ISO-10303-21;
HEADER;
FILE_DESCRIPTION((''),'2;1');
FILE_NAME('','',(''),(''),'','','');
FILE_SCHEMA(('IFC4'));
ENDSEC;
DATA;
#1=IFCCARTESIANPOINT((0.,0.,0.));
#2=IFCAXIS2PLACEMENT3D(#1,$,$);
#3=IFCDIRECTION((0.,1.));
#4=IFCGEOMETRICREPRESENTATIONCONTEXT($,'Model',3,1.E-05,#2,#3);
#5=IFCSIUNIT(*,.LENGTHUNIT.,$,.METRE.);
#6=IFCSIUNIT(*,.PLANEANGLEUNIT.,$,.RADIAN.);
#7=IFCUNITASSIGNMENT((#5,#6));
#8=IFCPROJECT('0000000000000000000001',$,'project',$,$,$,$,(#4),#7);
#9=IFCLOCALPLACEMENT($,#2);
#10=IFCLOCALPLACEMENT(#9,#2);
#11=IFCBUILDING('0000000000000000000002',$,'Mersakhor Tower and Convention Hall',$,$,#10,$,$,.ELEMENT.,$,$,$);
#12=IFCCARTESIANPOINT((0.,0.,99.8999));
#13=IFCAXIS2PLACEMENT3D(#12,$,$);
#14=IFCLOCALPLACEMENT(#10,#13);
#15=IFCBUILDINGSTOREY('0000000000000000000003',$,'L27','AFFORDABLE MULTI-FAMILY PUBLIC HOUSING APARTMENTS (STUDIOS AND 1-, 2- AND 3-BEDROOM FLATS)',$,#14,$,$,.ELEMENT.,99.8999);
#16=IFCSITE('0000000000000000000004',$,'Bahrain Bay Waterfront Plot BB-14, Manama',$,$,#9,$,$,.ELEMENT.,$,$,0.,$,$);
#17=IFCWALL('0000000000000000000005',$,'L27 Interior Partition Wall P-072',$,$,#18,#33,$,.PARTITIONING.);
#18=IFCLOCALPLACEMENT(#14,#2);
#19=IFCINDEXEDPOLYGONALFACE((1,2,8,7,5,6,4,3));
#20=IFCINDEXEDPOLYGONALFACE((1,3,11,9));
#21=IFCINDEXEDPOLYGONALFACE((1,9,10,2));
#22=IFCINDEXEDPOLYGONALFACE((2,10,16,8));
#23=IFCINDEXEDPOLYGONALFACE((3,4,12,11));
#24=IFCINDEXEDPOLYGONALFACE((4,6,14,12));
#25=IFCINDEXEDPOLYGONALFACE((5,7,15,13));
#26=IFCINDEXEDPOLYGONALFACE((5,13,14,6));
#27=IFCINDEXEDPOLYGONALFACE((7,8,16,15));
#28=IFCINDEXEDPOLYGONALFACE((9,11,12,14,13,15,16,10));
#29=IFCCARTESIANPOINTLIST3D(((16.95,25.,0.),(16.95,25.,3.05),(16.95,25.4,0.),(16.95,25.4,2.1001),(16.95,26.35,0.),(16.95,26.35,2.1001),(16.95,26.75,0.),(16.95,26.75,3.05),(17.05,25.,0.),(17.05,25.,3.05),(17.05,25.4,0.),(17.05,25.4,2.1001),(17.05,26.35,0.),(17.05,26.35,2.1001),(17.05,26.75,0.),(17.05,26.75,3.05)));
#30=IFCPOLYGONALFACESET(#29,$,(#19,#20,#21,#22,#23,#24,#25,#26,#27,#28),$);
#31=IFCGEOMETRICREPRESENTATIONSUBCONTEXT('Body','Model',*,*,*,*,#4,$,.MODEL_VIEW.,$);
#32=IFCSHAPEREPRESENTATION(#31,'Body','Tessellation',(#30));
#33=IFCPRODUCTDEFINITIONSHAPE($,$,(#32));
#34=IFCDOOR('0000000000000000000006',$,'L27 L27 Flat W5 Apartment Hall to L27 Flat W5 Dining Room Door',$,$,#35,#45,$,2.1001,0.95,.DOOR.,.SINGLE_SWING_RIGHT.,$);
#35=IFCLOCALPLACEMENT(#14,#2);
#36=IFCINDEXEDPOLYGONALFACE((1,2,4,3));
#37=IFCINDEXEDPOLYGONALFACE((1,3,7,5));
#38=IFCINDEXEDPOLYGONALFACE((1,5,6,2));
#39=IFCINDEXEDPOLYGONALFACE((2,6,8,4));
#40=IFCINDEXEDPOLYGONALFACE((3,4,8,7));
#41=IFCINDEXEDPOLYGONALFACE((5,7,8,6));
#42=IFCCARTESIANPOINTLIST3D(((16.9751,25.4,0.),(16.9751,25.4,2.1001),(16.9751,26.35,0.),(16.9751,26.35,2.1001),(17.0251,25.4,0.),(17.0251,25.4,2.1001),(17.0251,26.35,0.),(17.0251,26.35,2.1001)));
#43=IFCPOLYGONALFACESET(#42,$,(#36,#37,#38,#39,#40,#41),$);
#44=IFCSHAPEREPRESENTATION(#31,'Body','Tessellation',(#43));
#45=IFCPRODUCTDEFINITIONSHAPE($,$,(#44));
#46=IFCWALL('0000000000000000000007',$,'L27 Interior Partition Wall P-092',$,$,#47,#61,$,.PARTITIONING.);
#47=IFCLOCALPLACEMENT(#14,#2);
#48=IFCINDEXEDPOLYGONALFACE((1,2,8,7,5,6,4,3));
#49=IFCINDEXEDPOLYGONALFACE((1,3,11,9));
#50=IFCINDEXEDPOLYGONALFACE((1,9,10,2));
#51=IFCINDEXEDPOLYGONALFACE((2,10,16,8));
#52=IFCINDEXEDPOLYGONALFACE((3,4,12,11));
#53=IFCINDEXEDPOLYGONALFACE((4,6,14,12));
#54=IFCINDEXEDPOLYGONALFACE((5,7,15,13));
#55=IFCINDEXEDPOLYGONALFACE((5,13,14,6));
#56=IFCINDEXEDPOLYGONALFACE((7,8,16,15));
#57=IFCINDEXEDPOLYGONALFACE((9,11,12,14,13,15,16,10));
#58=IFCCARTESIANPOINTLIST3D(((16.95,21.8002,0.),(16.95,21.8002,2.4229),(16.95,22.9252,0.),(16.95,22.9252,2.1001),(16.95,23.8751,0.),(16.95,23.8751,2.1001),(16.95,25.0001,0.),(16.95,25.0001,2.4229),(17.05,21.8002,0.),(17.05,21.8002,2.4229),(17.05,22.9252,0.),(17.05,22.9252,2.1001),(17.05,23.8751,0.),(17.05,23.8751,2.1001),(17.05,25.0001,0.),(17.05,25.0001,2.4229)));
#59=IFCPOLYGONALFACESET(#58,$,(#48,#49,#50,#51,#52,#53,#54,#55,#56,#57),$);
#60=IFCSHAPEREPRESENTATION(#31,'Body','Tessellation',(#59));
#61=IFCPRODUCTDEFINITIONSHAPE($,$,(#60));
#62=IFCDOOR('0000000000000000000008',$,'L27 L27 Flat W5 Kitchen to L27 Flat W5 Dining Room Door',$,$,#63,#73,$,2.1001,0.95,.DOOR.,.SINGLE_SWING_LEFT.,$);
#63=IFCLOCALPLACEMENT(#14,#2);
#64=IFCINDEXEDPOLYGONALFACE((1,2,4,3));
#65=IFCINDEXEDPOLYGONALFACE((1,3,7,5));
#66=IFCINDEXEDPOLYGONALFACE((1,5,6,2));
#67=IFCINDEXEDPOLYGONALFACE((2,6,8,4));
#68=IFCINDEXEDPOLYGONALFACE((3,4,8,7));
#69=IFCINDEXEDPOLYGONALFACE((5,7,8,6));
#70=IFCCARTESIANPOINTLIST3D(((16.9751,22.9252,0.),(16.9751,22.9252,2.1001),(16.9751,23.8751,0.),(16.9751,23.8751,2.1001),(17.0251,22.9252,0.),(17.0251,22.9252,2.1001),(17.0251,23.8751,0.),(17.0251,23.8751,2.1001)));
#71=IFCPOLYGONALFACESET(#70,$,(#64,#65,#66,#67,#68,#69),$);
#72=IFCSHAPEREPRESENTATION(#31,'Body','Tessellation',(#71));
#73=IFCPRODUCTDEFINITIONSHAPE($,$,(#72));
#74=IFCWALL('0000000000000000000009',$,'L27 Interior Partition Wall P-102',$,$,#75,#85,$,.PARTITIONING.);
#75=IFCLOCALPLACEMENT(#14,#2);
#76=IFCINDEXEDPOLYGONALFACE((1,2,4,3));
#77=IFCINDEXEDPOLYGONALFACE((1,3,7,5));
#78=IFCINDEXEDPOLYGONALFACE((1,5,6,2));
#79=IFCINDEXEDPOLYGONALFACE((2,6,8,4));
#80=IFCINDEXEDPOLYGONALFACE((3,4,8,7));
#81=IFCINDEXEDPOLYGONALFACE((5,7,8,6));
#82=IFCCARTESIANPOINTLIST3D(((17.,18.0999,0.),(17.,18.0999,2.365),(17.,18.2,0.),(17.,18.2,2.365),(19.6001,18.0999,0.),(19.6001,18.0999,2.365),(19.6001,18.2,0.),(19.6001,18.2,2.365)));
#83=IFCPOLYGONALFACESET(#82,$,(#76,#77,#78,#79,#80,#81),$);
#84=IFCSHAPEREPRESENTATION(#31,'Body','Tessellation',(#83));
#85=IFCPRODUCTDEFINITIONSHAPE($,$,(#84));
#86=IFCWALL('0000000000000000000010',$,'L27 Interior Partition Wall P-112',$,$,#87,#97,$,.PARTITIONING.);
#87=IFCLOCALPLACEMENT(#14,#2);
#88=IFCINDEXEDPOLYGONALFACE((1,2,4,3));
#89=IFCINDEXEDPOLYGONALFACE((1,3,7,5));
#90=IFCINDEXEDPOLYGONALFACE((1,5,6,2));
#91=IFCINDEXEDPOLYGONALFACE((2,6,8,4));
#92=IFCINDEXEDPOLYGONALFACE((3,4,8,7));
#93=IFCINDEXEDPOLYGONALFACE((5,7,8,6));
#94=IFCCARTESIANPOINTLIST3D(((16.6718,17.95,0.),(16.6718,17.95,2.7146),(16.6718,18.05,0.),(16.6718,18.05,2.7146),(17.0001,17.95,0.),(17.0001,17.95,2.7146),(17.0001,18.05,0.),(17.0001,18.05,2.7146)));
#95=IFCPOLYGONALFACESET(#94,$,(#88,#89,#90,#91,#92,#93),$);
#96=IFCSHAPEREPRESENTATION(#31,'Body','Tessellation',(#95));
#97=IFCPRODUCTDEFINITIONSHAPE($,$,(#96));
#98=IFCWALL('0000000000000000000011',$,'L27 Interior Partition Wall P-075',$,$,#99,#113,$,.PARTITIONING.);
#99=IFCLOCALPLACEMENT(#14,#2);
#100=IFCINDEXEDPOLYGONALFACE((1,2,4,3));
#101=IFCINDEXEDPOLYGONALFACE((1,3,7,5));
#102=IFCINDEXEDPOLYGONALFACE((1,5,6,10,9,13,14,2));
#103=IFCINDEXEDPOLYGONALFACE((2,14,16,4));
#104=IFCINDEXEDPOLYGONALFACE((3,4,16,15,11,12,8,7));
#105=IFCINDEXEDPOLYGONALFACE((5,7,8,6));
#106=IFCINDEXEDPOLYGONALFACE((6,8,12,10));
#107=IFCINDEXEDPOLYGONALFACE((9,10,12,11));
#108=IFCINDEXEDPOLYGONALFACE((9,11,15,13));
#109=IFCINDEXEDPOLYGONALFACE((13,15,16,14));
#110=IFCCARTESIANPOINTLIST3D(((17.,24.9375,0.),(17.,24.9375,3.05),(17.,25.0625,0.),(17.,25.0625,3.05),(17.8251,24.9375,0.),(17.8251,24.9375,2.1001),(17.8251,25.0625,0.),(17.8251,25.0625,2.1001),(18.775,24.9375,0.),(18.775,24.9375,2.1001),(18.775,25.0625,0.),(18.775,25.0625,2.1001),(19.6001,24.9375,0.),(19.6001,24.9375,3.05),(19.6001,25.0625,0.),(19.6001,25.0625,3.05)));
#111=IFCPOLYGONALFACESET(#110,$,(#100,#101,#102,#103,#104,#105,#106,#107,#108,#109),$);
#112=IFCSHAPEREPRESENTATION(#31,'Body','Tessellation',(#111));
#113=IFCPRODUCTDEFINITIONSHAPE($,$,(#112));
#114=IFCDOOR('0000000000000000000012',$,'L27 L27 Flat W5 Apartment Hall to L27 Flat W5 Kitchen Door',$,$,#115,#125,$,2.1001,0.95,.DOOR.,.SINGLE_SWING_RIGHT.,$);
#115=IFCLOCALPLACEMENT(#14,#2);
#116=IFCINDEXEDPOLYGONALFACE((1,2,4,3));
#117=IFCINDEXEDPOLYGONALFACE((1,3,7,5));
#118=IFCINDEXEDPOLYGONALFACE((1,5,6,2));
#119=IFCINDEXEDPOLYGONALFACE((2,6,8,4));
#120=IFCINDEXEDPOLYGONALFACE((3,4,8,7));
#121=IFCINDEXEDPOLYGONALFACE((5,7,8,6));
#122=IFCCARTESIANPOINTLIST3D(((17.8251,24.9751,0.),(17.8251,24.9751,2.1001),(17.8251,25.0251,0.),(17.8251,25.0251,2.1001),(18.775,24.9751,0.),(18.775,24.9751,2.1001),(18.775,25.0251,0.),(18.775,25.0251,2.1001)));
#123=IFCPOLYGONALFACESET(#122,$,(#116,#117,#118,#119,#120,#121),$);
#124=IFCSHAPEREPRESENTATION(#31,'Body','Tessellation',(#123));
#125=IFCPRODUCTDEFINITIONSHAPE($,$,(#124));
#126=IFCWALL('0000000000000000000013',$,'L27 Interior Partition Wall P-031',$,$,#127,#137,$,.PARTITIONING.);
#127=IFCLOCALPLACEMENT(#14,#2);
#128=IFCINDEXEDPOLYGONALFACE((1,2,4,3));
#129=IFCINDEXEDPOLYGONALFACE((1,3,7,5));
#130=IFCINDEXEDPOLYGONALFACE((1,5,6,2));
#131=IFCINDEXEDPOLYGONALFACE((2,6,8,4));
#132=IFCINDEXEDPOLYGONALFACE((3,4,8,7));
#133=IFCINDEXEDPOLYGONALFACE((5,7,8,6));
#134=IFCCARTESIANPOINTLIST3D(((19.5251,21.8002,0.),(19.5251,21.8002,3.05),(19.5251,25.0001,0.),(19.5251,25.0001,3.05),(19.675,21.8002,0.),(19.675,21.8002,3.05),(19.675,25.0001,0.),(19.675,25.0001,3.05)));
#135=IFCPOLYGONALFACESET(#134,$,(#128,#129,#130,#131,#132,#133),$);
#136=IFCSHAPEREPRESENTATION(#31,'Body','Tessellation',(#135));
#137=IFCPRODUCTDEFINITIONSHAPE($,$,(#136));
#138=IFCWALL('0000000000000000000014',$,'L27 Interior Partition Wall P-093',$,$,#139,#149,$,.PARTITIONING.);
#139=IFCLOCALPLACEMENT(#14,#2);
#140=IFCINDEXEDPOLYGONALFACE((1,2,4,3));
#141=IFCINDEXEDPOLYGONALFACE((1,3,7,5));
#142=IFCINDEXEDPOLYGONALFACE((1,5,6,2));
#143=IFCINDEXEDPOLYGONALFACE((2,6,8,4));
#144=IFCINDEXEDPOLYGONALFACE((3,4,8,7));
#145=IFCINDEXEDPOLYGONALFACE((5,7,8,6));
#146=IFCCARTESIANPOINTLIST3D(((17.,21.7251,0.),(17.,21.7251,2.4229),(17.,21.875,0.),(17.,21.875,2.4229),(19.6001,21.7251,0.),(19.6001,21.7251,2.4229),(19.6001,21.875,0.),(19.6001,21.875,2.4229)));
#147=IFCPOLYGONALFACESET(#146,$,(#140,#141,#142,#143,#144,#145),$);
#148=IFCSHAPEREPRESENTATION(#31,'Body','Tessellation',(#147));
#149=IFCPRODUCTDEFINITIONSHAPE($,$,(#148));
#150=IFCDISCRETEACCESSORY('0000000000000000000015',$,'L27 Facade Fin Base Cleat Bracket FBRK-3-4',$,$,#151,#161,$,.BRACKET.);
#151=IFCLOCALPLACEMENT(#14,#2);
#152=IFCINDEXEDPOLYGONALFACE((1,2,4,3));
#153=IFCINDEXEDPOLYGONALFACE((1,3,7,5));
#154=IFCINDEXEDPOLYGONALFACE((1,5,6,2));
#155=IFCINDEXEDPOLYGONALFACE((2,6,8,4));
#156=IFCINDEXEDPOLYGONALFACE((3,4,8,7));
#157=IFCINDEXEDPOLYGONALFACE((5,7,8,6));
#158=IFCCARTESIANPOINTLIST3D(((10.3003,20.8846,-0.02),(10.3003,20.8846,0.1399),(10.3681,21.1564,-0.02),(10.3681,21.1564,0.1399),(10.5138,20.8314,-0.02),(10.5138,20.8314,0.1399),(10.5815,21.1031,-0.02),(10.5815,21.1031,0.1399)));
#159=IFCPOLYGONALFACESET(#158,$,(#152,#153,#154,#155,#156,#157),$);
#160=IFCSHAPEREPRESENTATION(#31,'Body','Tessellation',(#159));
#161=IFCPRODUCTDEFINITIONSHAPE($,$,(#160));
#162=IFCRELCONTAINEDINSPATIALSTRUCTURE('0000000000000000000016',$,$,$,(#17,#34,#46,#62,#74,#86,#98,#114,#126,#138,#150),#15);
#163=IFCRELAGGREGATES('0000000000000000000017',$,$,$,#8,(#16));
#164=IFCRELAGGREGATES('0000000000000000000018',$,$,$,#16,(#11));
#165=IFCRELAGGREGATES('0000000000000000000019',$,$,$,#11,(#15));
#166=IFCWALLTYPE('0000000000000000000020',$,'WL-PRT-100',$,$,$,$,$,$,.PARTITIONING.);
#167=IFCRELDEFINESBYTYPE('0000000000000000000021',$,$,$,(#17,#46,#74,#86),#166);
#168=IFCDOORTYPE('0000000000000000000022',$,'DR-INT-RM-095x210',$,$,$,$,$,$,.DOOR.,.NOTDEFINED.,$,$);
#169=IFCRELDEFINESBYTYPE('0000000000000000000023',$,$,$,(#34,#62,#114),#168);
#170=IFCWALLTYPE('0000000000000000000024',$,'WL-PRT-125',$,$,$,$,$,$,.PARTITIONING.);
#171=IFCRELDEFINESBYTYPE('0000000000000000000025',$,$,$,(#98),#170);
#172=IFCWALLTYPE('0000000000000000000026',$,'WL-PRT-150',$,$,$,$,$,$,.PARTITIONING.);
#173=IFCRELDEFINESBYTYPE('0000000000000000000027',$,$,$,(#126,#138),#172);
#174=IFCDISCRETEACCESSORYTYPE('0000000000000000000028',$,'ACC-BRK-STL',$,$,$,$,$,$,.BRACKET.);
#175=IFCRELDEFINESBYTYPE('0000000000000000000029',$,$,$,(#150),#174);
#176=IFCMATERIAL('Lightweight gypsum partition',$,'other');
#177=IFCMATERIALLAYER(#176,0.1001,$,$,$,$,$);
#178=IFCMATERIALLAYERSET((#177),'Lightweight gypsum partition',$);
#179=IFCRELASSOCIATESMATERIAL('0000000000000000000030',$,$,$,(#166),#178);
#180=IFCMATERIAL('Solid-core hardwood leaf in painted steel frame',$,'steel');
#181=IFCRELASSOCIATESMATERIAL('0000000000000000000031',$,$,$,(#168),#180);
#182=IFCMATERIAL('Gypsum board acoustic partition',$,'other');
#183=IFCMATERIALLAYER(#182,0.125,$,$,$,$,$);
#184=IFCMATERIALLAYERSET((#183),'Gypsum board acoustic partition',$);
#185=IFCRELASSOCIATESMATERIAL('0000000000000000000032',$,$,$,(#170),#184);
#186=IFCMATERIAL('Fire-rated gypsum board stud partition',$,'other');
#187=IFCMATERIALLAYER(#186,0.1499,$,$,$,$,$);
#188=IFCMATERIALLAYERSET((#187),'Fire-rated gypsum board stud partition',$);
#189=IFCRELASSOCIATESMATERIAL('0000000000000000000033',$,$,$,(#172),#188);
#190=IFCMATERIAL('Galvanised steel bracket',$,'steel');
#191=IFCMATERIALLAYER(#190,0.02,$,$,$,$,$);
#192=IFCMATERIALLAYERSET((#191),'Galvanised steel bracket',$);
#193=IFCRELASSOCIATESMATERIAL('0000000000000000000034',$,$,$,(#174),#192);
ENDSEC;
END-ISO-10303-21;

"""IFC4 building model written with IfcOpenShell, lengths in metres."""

from ifc_helpers import new_model, si_unit, direction, frame, frame_2d, origin, origin_2d, place, context, subcontext, project, spatial, rectangle, extrude, material, layer, layer_set, type_object, element, fill, save


model = new_model("IFC4")

# Units and contexts
model_context = context("Model", 3, precision=1e-05, world=origin(), true_north=direction((0.0, 1.0)))
body_context = subcontext(model_context, "Body", "Model", "MODEL_VIEW")
ifc_project = project(units=[si_unit("LENGTHUNIT", "METRE"), si_unit("PLANEANGLEUNIT", "RADIAN")], contexts=[model_context])

# Site, building, storey
site_placement = place(None, origin())
site = spatial("IfcSite", under=ifc_project, at=site_placement, Name="Bahrain Bay Waterfront Plot BB-14, Manama", CompositionType="ELEMENT", RefElevation=0.0)
building_placement = place(site_placement, origin())
building = spatial("IfcBuilding", under=site, at=building_placement, Name="Mersakhor Tower and Convention Hall", CompositionType="ELEMENT")
storey_placement = place(building_placement, frame((0.0, 0.0, 99.8999)))
storey = spatial("IfcBuildingStorey", under=building, at=storey_placement, Name="L27", Description="AFFORDABLE MULTI-FAMILY PUBLIC HOUSING APARTMENTS (STUDIOS AND 1-, 2- AND 3-BEDROOM FLATS)", CompositionType="ELEMENT", Elevation=99.8999)

# Walls, openings, doors
ifc_material_1 = material(Name="Lightweight gypsum partition", Category="other")
ifc_layer_1 = layer(ifc_material_1, 0.1001)
ifc_layer_set_1 = layer_set([ifc_layer_1], Name="Lightweight gypsum partition")
wall_type_1 = type_object("IfcWallType", Name="WL-PRT-100", PredefinedType="PARTITIONING", material=ifc_layer_set_1)
wall_1_placement = place(storey_placement, frame((17.0, 25.0, 0.0), z_axis=(0.0, 0.0, 1.0), x_axis=(0.0, 1.0, 0.0)))
wall_1 = element("IfcWall", 1, at=wall_1_placement, inside=storey, type_object=wall_type_1, Name="L27 Interior Partition Wall P-072", PredefinedType="PARTITIONING", context=body_context, shape_type="SweptSolid", body=[
    extrude(rectangle(XDim=1.75, YDim=0.1001, at=frame_2d((0.875, 0.0))), origin(), (0.0, 0.0, 1.0), 3.05),
])
opening_1_placement = place(wall_1_placement, frame((0.3999, 0.0, 0.0)))
opening_1 = element("IfcOpeningElement", 2, at=opening_1_placement, cuts=wall_1, PredefinedType="OPENING", context=body_context, shape_type="SweptSolid", body=[
    extrude(rectangle(XDim=0.95, YDim=2.1001, at=frame_2d((0.4751, 1.05))), frame((0.0, 0.0601, 0.0), z_axis=(0.0, -1.0, 0.0), x_axis=(1.0, 0.0, 0.0)), (0.0, 0.0, 1.0), 0.1201),
])
ifc_material_2 = material(Name="Solid-core hardwood leaf in painted steel frame", Category="steel")
door_type_1 = type_object("IfcDoorType", Name="DR-INT-RM-095x210", OperationType="NOTDEFINED", PredefinedType="DOOR", material=ifc_material_2)
door_1_placement = place(opening_1_placement, origin())
door_1 = element("IfcDoor", 3, at=door_1_placement, inside=storey, type_object=door_type_1, Name="L27 L27 Flat W5 Apartment Hall to L27 Flat W5 Dining Room Door", OperationType="SINGLE_SWING_RIGHT", OverallHeight=2.1001, OverallWidth=0.95, PredefinedType="DOOR", context=body_context, shape_type="SweptSolid", body=[
    extrude(rectangle(XDim=0.95, YDim=2.1001, at=frame_2d((0.4751, 1.05))), frame((0.0, 0.0249, 0.0), z_axis=(0.0, -1.0, 0.0), x_axis=(1.0, 0.0, 0.0)), (0.0, 0.0, 1.0), 0.05),
])
fill(opening_1, door_1)
wall_2_placement = place(storey_placement, frame((17.0, 21.8, 0.0), z_axis=(0.0, 0.0, 1.0), x_axis=(0.0, 1.0, 0.0)))
wall_2 = element("IfcWall", 4, at=wall_2_placement, inside=storey, type_object=wall_type_1, Name="L27 Interior Partition Wall P-092", PredefinedType="PARTITIONING", context=body_context, shape_type="SweptSolid", body=[
    extrude(rectangle(XDim=3.2, YDim=0.1001, at=frame_2d((1.6001, 0.0))), origin(), (0.0, 0.0, 1.0), 2.4229),
])
opening_2_placement = place(wall_2_placement, frame((1.125, 0.0, 0.0)))
opening_2 = element("IfcOpeningElement", 5, at=opening_2_placement, cuts=wall_2, PredefinedType="OPENING", context=body_context, shape_type="SweptSolid", body=[
    extrude(rectangle(XDim=0.95, YDim=2.1001, at=frame_2d((0.4751, 1.05))), frame((0.0, 0.0601, 0.0), z_axis=(0.0, -1.0, 0.0), x_axis=(1.0, 0.0, 0.0)), (0.0, 0.0, 1.0), 0.1201),
])
door_2_placement = place(opening_2_placement, origin())
door_2 = element("IfcDoor", 6, at=door_2_placement, inside=storey, type_object=door_type_1, Name="L27 L27 Flat W5 Kitchen to L27 Flat W5 Dining Room Door", OperationType="SINGLE_SWING_LEFT", OverallHeight=2.1001, OverallWidth=0.95, PredefinedType="DOOR", context=body_context, shape_type="SweptSolid", body=[
    extrude(rectangle(XDim=0.95, YDim=2.1001, at=frame_2d((0.4751, 1.05))), frame((0.0, 0.0249, 0.0), z_axis=(0.0, -1.0, 0.0), x_axis=(1.0, 0.0, 0.0)), (0.0, 0.0, 1.0), 0.05),
])
fill(opening_2, door_2)

# Walls
wall_3_placement = place(storey_placement, frame((19.6001, 18.1499, 0.0), z_axis=(0.0, 0.0, 1.0), x_axis=(-1.0, 0.0, 0.0)))
element("IfcWall", 7, at=wall_3_placement, inside=storey, type_object=wall_type_1, Name="L27 Interior Partition Wall P-102", PredefinedType="PARTITIONING", context=body_context, shape_type="SweptSolid", body=[
    extrude(rectangle(XDim=2.6001, YDim=0.1001, at=frame_2d((1.3, 0.0))), origin(), (0.0, 0.0, 1.0), 2.365),
])
wall_4_placement = place(storey_placement, frame((17.0, 18.0, 0.0), z_axis=(0.0, 0.0, 1.0), x_axis=(-1.0, 0.0, 0.0)))
element("IfcWall", 8, at=wall_4_placement, inside=storey, type_object=wall_type_1, Name="L27 Interior Partition Wall P-112", PredefinedType="PARTITIONING", context=body_context, shape_type="SweptSolid", body=[
    extrude(rectangle(XDim=0.3284, YDim=0.1001, at=frame_2d((0.1641, 0.0))), origin(), (0.0, 0.0, 1.0), 2.7146),
])

# Wall, opening, door
ifc_material_3 = material(Name="Gypsum board acoustic partition", Category="other")
ifc_layer_2 = layer(ifc_material_3, 0.125)
ifc_layer_set_2 = layer_set([ifc_layer_2], Name="Gypsum board acoustic partition")
wall_type_2 = type_object("IfcWallType", Name="WL-PRT-125", PredefinedType="PARTITIONING", material=ifc_layer_set_2)
wall_5_placement = place(storey_placement, frame((19.6001, 25.0, 0.0), z_axis=(0.0, 0.0, 1.0), x_axis=(-1.0, 0.0, 0.0)))
wall_5 = element("IfcWall", 9, at=wall_5_placement, inside=storey, type_object=wall_type_2, Name="L27 Interior Partition Wall P-075", PredefinedType="PARTITIONING", context=body_context, shape_type="SweptSolid", body=[
    extrude(rectangle(XDim=2.6001, YDim=0.125, at=frame_2d((1.3, 0.0))), origin(), (0.0, 0.0, 1.0), 3.05),
])
opening_3_placement = place(wall_5_placement, frame((0.825, 0.0, 0.0)))
opening_3 = element("IfcOpeningElement", 10, at=opening_3_placement, cuts=wall_5, PredefinedType="OPENING", context=body_context, shape_type="SweptSolid", body=[
    extrude(rectangle(XDim=0.95, YDim=2.1001, at=frame_2d((0.4751, 1.05))), frame((0.0, 0.0725, 0.0), z_axis=(0.0, -1.0, 0.0), x_axis=(1.0, 0.0, 0.0)), (0.0, 0.0, 1.0), 0.145),
])
door_3_placement = place(opening_3_placement, origin())
door_3 = element("IfcDoor", 11, at=door_3_placement, inside=storey, type_object=door_type_1, Name="L27 L27 Flat W5 Apartment Hall to L27 Flat W5 Kitchen Door", OperationType="SINGLE_SWING_RIGHT", OverallHeight=2.1001, OverallWidth=0.95, PredefinedType="DOOR", context=body_context, shape_type="SweptSolid", body=[
    extrude(rectangle(XDim=0.95, YDim=2.1001, at=frame_2d((0.4751, 1.05))), frame((0.0, 0.0249, 0.0), z_axis=(0.0, -1.0, 0.0), x_axis=(1.0, 0.0, 0.0)), (0.0, 0.0, 1.0), 0.05),
])
fill(opening_3, door_3)
ifc_material_4 = material(Name="Fire-rated gypsum board stud partition", Category="other")
ifc_layer_3 = layer(ifc_material_4, 0.1499)
ifc_layer_set_3 = layer_set([ifc_layer_3], Name="Fire-rated gypsum board stud partition")
wall_type_3 = type_object("IfcWallType", Name="WL-PRT-150", PredefinedType="PARTITIONING", material=ifc_layer_set_3)

# Wall
wall_6_placement = place(storey_placement, frame((19.6001, 21.8, 0.0), z_axis=(0.0, 0.0, 1.0), x_axis=(0.0, 1.0, 0.0)))
element("IfcWall", 12, at=wall_6_placement, inside=storey, type_object=wall_type_3, Name="L27 Interior Partition Wall P-031", PredefinedType="PARTITIONING", context=body_context, shape_type="SweptSolid", body=[
    extrude(rectangle(XDim=3.2, YDim=0.1499, at=frame_2d((1.6001, 0.0))), origin(), (0.0, 0.0, 1.0), 3.05),
])

# Wall
wall_7_placement = place(storey_placement, frame((19.6001, 21.8, 0.0), z_axis=(0.0, 0.0, 1.0), x_axis=(-1.0, 0.0, 0.0)))
element("IfcWall", 13, at=wall_7_placement, inside=storey, type_object=wall_type_3, Name="L27 Interior Partition Wall P-093", PredefinedType="PARTITIONING", context=body_context, shape_type="SweptSolid", body=[
    extrude(rectangle(XDim=2.6001, YDim=0.1499, at=frame_2d((1.3, 0.0))), origin(), (0.0, 0.0, 1.0), 2.4229),
])

# Discrete accessory
ifc_material_5 = material(Name="Galvanised steel bracket", Category="steel")
ifc_layer_4 = layer(ifc_material_5, 0.02)
ifc_layer_set_4 = layer_set([ifc_layer_4], Name="Galvanised steel bracket")
discrete_accessory_type = type_object("IfcDiscreteAccessoryType", Name="ACC-BRK-STL", PredefinedType="BRACKET", material=ifc_layer_set_4)
discrete_accessory_placement = place(storey_placement, frame((10.4409, 20.9939, -0.02), z_axis=(0.0, 0.0, 1.0), x_axis=(-0.241922, -0.970296, 0.0)))
element("IfcDiscreteAccessory", 14, at=discrete_accessory_placement, inside=storey, type_object=discrete_accessory_type, Name="L27 Facade Fin Base Cleat Bracket FBRK-3-4", PredefinedType="BRACKET", context=body_context, shape_type="SweptSolid", body=[
    extrude(rectangle(XDim=0.28, YDim=0.22, at=origin_2d()), origin(), (0.0, 0.0, 1.0), 0.1599),
])

save(model, "model.ifc")
